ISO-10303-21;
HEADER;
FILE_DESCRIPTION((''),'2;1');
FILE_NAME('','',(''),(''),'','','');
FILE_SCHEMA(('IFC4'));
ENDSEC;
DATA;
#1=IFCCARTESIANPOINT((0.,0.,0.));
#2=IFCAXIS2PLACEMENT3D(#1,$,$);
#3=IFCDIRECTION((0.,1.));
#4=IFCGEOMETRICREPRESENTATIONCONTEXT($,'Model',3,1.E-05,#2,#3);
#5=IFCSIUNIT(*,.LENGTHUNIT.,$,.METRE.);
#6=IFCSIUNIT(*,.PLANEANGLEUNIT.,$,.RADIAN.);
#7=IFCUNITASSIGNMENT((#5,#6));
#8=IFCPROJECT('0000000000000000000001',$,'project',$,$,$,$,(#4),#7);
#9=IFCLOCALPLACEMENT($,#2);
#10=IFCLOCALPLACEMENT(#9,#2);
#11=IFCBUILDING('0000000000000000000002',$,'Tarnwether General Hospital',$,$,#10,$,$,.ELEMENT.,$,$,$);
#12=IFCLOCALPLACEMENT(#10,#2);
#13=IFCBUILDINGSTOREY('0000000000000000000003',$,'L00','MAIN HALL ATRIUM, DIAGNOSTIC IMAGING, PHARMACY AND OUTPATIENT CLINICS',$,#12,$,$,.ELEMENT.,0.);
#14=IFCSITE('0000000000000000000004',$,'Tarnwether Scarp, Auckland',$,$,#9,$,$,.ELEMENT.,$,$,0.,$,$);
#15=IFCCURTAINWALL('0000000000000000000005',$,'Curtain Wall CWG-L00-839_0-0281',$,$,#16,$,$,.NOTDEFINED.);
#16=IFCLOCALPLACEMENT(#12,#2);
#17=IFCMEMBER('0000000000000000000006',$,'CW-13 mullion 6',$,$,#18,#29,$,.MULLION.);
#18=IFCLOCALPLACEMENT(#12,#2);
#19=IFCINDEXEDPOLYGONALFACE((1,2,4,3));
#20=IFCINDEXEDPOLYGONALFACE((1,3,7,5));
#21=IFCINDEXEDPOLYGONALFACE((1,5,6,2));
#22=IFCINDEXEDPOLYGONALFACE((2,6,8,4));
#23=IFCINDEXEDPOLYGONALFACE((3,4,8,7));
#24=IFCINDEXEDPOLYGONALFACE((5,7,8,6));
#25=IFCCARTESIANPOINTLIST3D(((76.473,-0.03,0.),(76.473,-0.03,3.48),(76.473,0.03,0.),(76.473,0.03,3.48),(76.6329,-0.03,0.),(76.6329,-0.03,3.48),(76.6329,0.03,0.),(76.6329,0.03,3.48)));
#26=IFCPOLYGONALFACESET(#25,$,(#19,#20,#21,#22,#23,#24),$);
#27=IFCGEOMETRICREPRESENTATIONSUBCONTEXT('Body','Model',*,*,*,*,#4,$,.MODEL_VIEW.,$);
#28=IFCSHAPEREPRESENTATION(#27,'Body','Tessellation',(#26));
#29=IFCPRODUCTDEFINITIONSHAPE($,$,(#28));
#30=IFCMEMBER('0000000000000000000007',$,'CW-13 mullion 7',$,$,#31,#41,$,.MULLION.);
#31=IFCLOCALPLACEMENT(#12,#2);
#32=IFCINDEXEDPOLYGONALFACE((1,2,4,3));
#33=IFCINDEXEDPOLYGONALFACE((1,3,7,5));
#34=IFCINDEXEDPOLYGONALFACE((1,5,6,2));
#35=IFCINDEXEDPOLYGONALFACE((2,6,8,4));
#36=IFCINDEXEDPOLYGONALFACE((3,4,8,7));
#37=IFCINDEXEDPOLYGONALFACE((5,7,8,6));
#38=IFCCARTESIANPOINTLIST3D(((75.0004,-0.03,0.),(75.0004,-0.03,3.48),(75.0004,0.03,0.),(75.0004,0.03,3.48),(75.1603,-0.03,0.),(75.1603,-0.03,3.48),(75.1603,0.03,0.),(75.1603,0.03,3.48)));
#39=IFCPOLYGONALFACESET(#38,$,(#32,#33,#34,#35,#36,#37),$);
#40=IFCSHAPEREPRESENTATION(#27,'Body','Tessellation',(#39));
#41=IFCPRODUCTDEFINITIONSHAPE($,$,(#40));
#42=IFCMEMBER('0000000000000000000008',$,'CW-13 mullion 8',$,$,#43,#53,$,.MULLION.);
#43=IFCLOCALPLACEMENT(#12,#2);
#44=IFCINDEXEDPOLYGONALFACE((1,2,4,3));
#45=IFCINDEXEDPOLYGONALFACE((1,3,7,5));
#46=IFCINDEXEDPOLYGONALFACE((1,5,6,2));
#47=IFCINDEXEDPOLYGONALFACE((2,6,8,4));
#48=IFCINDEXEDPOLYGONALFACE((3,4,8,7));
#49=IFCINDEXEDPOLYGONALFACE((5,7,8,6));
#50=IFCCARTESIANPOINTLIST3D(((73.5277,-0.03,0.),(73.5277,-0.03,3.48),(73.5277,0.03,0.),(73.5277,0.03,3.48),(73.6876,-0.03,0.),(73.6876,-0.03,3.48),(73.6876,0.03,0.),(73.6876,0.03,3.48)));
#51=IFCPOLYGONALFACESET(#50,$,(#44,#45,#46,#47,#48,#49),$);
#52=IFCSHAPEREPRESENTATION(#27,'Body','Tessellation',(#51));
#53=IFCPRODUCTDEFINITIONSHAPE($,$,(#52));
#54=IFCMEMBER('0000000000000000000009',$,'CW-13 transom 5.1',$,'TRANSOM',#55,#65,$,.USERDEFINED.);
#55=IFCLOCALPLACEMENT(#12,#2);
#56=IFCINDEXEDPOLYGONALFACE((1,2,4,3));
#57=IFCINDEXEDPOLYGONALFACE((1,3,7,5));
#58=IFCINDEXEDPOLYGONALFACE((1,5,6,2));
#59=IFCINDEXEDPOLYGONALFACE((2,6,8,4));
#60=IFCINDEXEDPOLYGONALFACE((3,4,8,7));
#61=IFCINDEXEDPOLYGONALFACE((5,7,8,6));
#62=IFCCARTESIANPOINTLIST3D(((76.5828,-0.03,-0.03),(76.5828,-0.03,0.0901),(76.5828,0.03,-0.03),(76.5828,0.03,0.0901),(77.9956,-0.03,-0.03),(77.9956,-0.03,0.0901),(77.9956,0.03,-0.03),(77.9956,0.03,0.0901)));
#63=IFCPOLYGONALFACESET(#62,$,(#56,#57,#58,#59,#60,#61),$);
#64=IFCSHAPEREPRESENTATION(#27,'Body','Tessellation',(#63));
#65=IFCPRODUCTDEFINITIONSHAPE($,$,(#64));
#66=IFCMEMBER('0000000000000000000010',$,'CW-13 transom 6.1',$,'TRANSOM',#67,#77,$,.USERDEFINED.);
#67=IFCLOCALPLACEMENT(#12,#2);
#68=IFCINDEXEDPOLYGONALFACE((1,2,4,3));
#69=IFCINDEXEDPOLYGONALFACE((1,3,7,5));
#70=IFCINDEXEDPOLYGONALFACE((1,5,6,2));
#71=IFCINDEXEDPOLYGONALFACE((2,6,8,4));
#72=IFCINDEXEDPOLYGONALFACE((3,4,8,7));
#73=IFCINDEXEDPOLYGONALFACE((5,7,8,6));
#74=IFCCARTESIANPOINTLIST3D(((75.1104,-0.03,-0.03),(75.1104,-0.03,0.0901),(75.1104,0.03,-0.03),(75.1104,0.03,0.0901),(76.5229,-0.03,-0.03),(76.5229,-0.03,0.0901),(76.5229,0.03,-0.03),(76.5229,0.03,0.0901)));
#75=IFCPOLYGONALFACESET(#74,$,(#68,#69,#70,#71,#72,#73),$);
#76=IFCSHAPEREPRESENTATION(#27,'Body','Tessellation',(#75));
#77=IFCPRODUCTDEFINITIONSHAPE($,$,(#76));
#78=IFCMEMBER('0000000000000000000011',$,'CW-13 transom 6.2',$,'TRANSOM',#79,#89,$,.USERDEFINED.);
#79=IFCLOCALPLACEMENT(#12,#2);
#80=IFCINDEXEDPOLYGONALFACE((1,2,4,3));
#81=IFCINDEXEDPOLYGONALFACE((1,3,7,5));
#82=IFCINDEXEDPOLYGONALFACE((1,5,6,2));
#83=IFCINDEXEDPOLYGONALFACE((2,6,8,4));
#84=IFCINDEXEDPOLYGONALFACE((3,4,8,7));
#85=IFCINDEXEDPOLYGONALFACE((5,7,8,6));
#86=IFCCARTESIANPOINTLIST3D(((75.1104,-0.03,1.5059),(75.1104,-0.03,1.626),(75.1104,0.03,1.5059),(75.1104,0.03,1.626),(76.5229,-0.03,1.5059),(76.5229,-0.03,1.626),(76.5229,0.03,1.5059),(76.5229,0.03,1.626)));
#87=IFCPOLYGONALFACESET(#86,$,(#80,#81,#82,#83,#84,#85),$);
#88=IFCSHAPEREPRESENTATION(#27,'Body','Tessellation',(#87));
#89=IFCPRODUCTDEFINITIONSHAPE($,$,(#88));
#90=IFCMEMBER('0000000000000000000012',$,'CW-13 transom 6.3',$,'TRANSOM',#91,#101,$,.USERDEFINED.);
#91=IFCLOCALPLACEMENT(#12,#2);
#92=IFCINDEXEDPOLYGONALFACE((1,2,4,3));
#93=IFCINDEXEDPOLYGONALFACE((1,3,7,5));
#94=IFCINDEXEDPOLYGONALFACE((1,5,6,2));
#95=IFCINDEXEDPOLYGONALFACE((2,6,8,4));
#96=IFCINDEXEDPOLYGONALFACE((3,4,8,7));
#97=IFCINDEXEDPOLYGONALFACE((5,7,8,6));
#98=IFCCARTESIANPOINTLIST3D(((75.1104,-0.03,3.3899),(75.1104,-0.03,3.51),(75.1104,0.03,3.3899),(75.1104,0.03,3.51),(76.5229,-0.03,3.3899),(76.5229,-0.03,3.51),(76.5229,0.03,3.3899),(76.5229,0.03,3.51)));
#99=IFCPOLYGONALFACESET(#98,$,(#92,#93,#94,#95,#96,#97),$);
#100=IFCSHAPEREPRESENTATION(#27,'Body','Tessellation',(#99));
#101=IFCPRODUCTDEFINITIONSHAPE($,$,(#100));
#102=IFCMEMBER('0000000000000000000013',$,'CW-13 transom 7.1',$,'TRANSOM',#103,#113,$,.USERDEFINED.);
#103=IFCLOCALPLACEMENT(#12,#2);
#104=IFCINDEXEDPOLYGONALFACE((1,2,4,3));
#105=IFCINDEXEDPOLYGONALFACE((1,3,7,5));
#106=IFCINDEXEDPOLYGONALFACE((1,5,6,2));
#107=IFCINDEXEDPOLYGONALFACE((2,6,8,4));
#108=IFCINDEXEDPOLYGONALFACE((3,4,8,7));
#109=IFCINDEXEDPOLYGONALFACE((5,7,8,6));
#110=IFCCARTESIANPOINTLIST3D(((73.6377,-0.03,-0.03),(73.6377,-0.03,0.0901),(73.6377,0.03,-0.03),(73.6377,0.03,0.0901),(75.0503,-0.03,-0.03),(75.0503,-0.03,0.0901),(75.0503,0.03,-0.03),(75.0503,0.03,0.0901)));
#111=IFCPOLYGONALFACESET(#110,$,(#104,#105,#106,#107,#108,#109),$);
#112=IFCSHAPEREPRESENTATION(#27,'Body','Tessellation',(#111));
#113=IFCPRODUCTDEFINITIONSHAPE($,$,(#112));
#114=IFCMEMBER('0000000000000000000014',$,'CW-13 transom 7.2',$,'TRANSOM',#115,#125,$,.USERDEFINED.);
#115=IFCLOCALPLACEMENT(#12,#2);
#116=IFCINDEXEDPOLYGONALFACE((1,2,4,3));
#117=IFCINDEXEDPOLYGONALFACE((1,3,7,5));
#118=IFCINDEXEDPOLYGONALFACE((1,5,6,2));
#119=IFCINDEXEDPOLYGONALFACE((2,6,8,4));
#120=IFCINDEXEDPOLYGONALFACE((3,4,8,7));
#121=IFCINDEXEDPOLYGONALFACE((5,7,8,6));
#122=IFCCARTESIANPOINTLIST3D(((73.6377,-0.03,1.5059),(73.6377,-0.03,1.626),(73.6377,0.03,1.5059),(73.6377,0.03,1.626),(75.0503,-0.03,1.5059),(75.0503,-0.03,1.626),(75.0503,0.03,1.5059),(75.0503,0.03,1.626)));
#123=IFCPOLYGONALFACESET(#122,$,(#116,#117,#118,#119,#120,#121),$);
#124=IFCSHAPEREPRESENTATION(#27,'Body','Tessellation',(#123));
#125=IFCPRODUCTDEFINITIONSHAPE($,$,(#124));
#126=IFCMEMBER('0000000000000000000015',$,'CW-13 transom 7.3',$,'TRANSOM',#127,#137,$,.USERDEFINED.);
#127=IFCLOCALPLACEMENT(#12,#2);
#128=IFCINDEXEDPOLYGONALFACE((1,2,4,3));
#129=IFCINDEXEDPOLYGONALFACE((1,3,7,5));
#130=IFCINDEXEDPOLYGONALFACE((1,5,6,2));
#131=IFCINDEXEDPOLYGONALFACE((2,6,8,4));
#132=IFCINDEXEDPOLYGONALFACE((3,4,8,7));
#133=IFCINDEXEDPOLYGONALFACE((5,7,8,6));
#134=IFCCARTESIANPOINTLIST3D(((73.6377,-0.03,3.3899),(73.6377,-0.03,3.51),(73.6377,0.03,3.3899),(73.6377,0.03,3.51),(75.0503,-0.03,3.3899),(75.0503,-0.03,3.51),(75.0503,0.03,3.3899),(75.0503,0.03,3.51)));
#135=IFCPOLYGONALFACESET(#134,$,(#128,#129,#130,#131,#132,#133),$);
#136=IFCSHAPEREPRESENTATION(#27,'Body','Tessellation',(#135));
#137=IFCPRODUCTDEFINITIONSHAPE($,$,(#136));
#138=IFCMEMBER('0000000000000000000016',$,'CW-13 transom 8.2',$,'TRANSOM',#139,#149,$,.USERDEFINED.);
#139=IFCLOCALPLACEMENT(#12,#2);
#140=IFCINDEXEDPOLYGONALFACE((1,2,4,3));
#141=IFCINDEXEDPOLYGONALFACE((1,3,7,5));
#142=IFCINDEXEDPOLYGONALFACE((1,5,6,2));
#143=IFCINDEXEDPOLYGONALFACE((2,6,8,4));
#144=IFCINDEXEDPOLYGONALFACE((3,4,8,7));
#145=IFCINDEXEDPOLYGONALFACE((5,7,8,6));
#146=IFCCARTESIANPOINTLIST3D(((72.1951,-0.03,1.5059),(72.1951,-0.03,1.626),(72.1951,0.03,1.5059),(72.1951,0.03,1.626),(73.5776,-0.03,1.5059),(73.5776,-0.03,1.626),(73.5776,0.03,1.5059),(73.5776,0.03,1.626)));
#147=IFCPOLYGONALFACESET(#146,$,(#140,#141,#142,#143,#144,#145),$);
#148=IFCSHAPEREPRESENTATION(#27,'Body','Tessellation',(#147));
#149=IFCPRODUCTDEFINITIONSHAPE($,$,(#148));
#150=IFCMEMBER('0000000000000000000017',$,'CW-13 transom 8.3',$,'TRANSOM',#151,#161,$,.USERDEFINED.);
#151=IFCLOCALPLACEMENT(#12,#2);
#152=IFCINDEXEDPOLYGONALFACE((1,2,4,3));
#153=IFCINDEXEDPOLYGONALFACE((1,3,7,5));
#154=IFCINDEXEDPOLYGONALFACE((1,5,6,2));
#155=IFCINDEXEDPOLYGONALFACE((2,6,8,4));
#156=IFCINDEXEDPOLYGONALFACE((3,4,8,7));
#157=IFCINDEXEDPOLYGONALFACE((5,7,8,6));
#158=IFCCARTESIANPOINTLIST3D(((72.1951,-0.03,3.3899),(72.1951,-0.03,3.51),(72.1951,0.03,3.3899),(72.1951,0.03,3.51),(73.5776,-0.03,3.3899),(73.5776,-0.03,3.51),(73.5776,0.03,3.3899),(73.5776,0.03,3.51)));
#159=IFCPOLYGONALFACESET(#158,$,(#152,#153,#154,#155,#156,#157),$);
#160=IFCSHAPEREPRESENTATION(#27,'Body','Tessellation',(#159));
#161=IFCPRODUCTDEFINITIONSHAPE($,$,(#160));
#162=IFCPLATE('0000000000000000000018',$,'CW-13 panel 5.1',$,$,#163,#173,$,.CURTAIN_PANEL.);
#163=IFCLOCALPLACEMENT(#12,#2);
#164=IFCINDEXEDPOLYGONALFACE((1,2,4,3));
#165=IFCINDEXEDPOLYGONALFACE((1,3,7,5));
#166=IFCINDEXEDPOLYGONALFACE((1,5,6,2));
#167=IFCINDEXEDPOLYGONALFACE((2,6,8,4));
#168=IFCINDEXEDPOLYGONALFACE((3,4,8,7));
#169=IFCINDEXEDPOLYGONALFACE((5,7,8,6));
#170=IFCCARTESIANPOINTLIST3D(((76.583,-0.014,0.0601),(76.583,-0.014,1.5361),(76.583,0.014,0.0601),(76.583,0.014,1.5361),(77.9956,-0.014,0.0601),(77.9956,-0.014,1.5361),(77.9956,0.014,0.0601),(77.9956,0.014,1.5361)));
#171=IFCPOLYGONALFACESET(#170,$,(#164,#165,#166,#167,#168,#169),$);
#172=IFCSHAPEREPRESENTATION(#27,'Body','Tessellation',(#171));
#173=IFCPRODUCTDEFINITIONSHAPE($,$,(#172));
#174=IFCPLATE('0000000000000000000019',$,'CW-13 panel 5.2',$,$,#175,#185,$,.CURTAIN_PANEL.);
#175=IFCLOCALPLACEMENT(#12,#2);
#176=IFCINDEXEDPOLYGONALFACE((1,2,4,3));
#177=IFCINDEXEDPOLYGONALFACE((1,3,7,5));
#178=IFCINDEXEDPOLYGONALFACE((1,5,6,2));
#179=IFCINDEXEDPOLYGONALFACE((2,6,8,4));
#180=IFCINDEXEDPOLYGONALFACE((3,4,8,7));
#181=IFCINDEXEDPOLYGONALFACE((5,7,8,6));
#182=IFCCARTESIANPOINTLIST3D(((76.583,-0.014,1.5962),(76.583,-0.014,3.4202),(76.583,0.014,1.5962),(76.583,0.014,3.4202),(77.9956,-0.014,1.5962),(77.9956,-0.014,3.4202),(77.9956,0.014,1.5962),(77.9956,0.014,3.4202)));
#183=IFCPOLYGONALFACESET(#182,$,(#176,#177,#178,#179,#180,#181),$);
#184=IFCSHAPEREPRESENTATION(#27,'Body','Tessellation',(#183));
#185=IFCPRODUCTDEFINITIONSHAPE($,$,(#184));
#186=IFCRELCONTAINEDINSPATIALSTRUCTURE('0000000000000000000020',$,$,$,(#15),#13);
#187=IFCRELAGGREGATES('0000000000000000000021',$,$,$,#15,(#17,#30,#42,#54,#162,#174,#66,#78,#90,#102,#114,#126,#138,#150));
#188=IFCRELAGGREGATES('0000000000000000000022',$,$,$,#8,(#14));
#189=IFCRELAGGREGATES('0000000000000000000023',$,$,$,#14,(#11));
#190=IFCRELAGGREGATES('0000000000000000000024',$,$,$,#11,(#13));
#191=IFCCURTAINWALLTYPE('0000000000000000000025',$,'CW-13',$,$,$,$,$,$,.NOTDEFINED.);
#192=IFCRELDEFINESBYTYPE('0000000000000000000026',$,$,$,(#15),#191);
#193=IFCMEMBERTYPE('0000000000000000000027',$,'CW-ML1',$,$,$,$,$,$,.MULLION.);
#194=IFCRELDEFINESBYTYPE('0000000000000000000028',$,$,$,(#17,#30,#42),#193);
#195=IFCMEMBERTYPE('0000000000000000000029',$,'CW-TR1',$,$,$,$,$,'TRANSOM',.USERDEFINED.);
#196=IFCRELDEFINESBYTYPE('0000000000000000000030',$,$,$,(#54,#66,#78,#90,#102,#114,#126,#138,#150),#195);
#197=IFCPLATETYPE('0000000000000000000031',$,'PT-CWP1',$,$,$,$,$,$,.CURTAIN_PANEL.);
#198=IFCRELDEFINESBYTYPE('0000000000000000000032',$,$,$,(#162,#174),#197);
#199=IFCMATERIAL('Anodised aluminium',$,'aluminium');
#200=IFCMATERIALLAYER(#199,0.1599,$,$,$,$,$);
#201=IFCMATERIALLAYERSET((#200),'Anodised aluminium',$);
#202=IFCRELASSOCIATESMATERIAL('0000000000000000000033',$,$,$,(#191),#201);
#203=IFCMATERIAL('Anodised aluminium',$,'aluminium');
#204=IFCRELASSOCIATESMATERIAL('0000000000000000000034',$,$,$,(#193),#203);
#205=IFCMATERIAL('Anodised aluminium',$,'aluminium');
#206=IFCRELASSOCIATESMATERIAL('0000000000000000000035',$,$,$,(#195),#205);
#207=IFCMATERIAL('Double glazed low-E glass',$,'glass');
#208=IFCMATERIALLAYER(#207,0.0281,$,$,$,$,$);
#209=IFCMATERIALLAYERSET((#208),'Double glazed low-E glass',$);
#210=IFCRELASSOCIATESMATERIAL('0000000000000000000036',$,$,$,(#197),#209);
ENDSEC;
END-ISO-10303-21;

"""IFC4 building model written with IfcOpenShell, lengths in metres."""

from ifc_helpers import new_model, si_unit, direction, frame, origin, origin_2d, place, context, subcontext, project, spatial, rectangle, extrude, material, layer, layer_set, material_profile, profile_set, type_object, element, aggregate, save


model = new_model("IFC4")

# Units and contexts
model_context = context("Model", 3, precision=1e-05, world=origin(), true_north=direction((0.0, 1.0)))
body_context = subcontext(model_context, "Body", "Model", "MODEL_VIEW")
ifc_project = project(units=[si_unit("LENGTHUNIT", "METRE"), si_unit("PLANEANGLEUNIT", "RADIAN")], contexts=[model_context])

# Site, building, storey
site_placement = place(None, origin())
site = spatial("IfcSite", under=ifc_project, at=site_placement, Name="Tarnwether Scarp, Auckland", CompositionType="ELEMENT", RefElevation=0.0)
building_placement = place(site_placement, origin())
building = spatial("IfcBuilding", under=site, at=building_placement, Name="Tarnwether General Hospital", CompositionType="ELEMENT")
storey_placement = place(building_placement, origin())
storey = spatial("IfcBuildingStorey", under=building, at=storey_placement, Name="L00", Description="MAIN HALL ATRIUM, DIAGNOSTIC IMAGING, PHARMACY AND OUTPATIENT CLINICS", CompositionType="ELEMENT", Elevation=0.0)

# Curtain wall, members, plates
ifc_material_1 = material(Name="Anodised aluminium", Category="aluminium")
ifc_layer_1 = layer(ifc_material_1, 0.1599)
ifc_layer_set_1 = layer_set([ifc_layer_1], Name="Anodised aluminium")
curtain_wall_type = type_object("IfcCurtainWallType", Name="CW-13", PredefinedType="NOTDEFINED", material=ifc_layer_set_1)
curtain_wall_placement = place(storey_placement, origin())
curtain_wall = element("IfcCurtainWall", 1, at=curtain_wall_placement, inside=storey, type_object=curtain_wall_type, Name="Curtain Wall CWG-L00-839_0-0281", PredefinedType="NOTDEFINED")
ifc_material_2 = material(Name="Anodised aluminium", Category="aluminium")
ifc_material_profile_1 = material_profile(ifc_material_2, rectangle(XDim=0.0601, YDim=0.1599, at=origin_2d()), Name="ALU-MUL-60x160")
ifc_profile_set_1 = profile_set([ifc_material_profile_1], Name="Anodised aluminium")
member_type_1 = type_object("IfcMemberType", Name="CW-ML1", PredefinedType="MULLION", material=ifc_profile_set_1)
member_1_placement = place(storey_placement, frame((76.553, 0.0, 0.0), z_axis=(0.0, 0.0, 1.0), x_axis=(0.0, -1.0, 0.0)))
member_1 = element("IfcMember", 2, at=member_1_placement, type_object=member_type_1, Name="CW-13 mullion 6", PredefinedType="MULLION", context=body_context, shape_type="SweptSolid", body=[
    extrude(rectangle(XDim=0.0601, YDim=0.1599, at=origin_2d()), origin(), (0.0, 0.0, 1.0), 3.48),
])
member_2_placement = place(storey_placement, frame((75.0803, 0.0, 0.0), z_axis=(0.0, 0.0, 1.0), x_axis=(0.0, -1.0, 0.0)))
member_2 = element("IfcMember", 3, at=member_2_placement, type_object=member_type_1, Name="CW-13 mullion 7", PredefinedType="MULLION", context=body_context, shape_type="SweptSolid", body=[
    extrude(rectangle(XDim=0.0601, YDim=0.1599, at=origin_2d()), origin(), (0.0, 0.0, 1.0), 3.48),
])
member_3_placement = place(storey_placement, frame((73.6077, 0.0, 0.0), z_axis=(0.0, 0.0, 1.0), x_axis=(0.0, -1.0, 0.0)))
member_3 = element("IfcMember", 4, at=member_3_placement, type_object=member_type_1, Name="CW-13 mullion 8", PredefinedType="MULLION", context=body_context, shape_type="SweptSolid", body=[
    extrude(rectangle(XDim=0.0601, YDim=0.1599, at=origin_2d()), origin(), (0.0, 0.0, 1.0), 3.48),
])
ifc_material_3 = material(Name="Anodised aluminium", Category="aluminium")
ifc_material_profile_2 = material_profile(ifc_material_3, rectangle(XDim=0.0601, YDim=0.1201, at=origin_2d()), Name="ALU-TRN-60x120")
ifc_profile_set_2 = profile_set([ifc_material_profile_2], Name="Anodised aluminium")
member_type_2 = type_object("IfcMemberType", Name="CW-TR1", ElementType="TRANSOM", PredefinedType="USERDEFINED", material=ifc_profile_set_2)
member_4_placement = place(storey_placement, frame((77.9956, 0.0, 0.03), z_axis=(-1.0, 0.0, 0.0), x_axis=(0.0, -1.0, 0.0)))
member_4 = element("IfcMember", 5, at=member_4_placement, type_object=member_type_2, Name="CW-13 transom 5.1", ObjectType="TRANSOM", PredefinedType="USERDEFINED", context=body_context, shape_type="SweptSolid", body=[
    extrude(rectangle(XDim=0.0601, YDim=0.1201, at=origin_2d()), origin(), (0.0, 0.0, 1.0), 1.4128),
])
member_5_placement = place(storey_placement, frame((76.5229, 0.0, 0.03), z_axis=(-1.0, 0.0, 0.0), x_axis=(0.0, -1.0, 0.0)))
member_5 = element("IfcMember", 6, at=member_5_placement, type_object=member_type_2, Name="CW-13 transom 6.1", ObjectType="TRANSOM", PredefinedType="USERDEFINED", context=body_context, shape_type="SweptSolid", body=[
    extrude(rectangle(XDim=0.0601, YDim=0.1201, at=origin_2d()), origin(), (0.0, 0.0, 1.0), 1.4126),
])
member_6_placement = place(storey_placement, frame((76.5229, 0.0, 1.5659), z_axis=(-1.0, 0.0, 0.0), x_axis=(0.0, -1.0, 0.0)))
member_6 = element("IfcMember", 7, at=member_6_placement, type_object=member_type_2, Name="CW-13 transom 6.2", ObjectType="TRANSOM", PredefinedType="USERDEFINED", context=body_context, shape_type="SweptSolid", body=[
    extrude(rectangle(XDim=0.0601, YDim=0.1201, at=origin_2d()), origin(), (0.0, 0.0, 1.0), 1.4126),
])
member_7_placement = place(storey_placement, frame((76.5229, 0.0, 3.45), z_axis=(-1.0, 0.0, 0.0), x_axis=(0.0, -1.0, 0.0)))
member_7 = element("IfcMember", 8, at=member_7_placement, type_object=member_type_2, Name="CW-13 transom 6.3", ObjectType="TRANSOM", PredefinedType="USERDEFINED", context=body_context, shape_type="SweptSolid", body=[
    extrude(rectangle(XDim=0.0601, YDim=0.1201, at=origin_2d()), origin(), (0.0, 0.0, 1.0), 1.4126),
])
member_8_placement = place(storey_placement, frame((75.0503, 0.0, 0.03), z_axis=(-1.0, 0.0, 0.0), x_axis=(0.0, -1.0, 0.0)))
member_8 = element("IfcMember", 9, at=member_8_placement, type_object=member_type_2, Name="CW-13 transom 7.1", ObjectType="TRANSOM", PredefinedType="USERDEFINED", context=body_context, shape_type="SweptSolid", body=[
    extrude(rectangle(XDim=0.0601, YDim=0.1201, at=origin_2d()), origin(), (0.0, 0.0, 1.0), 1.4126),
])
member_9_placement = place(storey_placement, frame((75.0503, 0.0, 1.5659), z_axis=(-1.0, 0.0, 0.0), x_axis=(0.0, -1.0, 0.0)))
member_9 = element("IfcMember", 10, at=member_9_placement, type_object=member_type_2, Name="CW-13 transom 7.2", ObjectType="TRANSOM", PredefinedType="USERDEFINED", context=body_context, shape_type="SweptSolid", body=[
    extrude(rectangle(XDim=0.0601, YDim=0.1201, at=origin_2d()), origin(), (0.0, 0.0, 1.0), 1.4126),
])
member_10_placement = place(storey_placement, frame((75.0503, 0.0, 3.45), z_axis=(-1.0, 0.0, 0.0), x_axis=(0.0, -1.0, 0.0)))
member_10 = element("IfcMember", 11, at=member_10_placement, type_object=member_type_2, Name="CW-13 transom 7.3", ObjectType="TRANSOM", PredefinedType="USERDEFINED", context=body_context, shape_type="SweptSolid", body=[
    extrude(rectangle(XDim=0.0601, YDim=0.1201, at=origin_2d()), origin(), (0.0, 0.0, 1.0), 1.4126),
])
member_11_placement = place(storey_placement, frame((73.5776, 0.0, 1.5659), z_axis=(-1.0, 0.0, 0.0), x_axis=(0.0, -1.0, 0.0)))
member_11 = element("IfcMember", 12, at=member_11_placement, type_object=member_type_2, Name="CW-13 transom 8.2", ObjectType="TRANSOM", PredefinedType="USERDEFINED", context=body_context, shape_type="SweptSolid", body=[
    extrude(rectangle(XDim=0.0601, YDim=0.1201, at=origin_2d()), origin(), (0.0, 0.0, 1.0), 1.3826),
])
member_12_placement = place(storey_placement, frame((73.5776, 0.0, 3.45), z_axis=(-1.0, 0.0, 0.0), x_axis=(0.0, -1.0, 0.0)))
member_12 = element("IfcMember", 13, at=member_12_placement, type_object=member_type_2, Name="CW-13 transom 8.3", ObjectType="TRANSOM", PredefinedType="USERDEFINED", context=body_context, shape_type="SweptSolid", body=[
    extrude(rectangle(XDim=0.0601, YDim=0.1201, at=origin_2d()), origin(), (0.0, 0.0, 1.0), 1.3826),
])
ifc_material_4 = material(Name="Double glazed low-E glass", Category="glass")
ifc_layer_2 = layer(ifc_material_4, 0.0281)
ifc_layer_set_2 = layer_set([ifc_layer_2], Name="Double glazed low-E glass")
plate_type = type_object("IfcPlateType", Name="PT-CWP1", PredefinedType="CURTAIN_PANEL", material=ifc_layer_set_2)
plate_1_placement = place(storey_placement, frame((77.2893, 0.0, 0.0601), z_axis=(0.0, 0.0, 1.0), x_axis=(-1.0, 0.0, 0.0)))
plate_1 = element("IfcPlate", 14, at=plate_1_placement, type_object=plate_type, Name="CW-13 panel 5.1", PredefinedType="CURTAIN_PANEL", context=body_context, shape_type="SweptSolid", body=[
    extrude(rectangle(XDim=1.4126, YDim=0.0281, at=origin_2d()), origin(), (0.0, 0.0, 1.0), 1.4761),
])
plate_2_placement = place(storey_placement, frame((77.2893, 0.0, 1.5962), z_axis=(0.0, 0.0, 1.0), x_axis=(-1.0, 0.0, 0.0)))
plate_2 = element("IfcPlate", 15, at=plate_2_placement, type_object=plate_type, Name="CW-13 panel 5.2", PredefinedType="CURTAIN_PANEL", context=body_context, shape_type="SweptSolid", body=[
    extrude(rectangle(XDim=1.4126, YDim=0.0281, at=origin_2d()), origin(), (0.0, 0.0, 1.0), 1.824),
])
aggregate(curtain_wall, [member_1, member_2, member_3, member_4, plate_1, plate_2, member_5, member_6, member_7, member_8, member_9, member_10, member_11, member_12])

save(model, "model.ifc")
